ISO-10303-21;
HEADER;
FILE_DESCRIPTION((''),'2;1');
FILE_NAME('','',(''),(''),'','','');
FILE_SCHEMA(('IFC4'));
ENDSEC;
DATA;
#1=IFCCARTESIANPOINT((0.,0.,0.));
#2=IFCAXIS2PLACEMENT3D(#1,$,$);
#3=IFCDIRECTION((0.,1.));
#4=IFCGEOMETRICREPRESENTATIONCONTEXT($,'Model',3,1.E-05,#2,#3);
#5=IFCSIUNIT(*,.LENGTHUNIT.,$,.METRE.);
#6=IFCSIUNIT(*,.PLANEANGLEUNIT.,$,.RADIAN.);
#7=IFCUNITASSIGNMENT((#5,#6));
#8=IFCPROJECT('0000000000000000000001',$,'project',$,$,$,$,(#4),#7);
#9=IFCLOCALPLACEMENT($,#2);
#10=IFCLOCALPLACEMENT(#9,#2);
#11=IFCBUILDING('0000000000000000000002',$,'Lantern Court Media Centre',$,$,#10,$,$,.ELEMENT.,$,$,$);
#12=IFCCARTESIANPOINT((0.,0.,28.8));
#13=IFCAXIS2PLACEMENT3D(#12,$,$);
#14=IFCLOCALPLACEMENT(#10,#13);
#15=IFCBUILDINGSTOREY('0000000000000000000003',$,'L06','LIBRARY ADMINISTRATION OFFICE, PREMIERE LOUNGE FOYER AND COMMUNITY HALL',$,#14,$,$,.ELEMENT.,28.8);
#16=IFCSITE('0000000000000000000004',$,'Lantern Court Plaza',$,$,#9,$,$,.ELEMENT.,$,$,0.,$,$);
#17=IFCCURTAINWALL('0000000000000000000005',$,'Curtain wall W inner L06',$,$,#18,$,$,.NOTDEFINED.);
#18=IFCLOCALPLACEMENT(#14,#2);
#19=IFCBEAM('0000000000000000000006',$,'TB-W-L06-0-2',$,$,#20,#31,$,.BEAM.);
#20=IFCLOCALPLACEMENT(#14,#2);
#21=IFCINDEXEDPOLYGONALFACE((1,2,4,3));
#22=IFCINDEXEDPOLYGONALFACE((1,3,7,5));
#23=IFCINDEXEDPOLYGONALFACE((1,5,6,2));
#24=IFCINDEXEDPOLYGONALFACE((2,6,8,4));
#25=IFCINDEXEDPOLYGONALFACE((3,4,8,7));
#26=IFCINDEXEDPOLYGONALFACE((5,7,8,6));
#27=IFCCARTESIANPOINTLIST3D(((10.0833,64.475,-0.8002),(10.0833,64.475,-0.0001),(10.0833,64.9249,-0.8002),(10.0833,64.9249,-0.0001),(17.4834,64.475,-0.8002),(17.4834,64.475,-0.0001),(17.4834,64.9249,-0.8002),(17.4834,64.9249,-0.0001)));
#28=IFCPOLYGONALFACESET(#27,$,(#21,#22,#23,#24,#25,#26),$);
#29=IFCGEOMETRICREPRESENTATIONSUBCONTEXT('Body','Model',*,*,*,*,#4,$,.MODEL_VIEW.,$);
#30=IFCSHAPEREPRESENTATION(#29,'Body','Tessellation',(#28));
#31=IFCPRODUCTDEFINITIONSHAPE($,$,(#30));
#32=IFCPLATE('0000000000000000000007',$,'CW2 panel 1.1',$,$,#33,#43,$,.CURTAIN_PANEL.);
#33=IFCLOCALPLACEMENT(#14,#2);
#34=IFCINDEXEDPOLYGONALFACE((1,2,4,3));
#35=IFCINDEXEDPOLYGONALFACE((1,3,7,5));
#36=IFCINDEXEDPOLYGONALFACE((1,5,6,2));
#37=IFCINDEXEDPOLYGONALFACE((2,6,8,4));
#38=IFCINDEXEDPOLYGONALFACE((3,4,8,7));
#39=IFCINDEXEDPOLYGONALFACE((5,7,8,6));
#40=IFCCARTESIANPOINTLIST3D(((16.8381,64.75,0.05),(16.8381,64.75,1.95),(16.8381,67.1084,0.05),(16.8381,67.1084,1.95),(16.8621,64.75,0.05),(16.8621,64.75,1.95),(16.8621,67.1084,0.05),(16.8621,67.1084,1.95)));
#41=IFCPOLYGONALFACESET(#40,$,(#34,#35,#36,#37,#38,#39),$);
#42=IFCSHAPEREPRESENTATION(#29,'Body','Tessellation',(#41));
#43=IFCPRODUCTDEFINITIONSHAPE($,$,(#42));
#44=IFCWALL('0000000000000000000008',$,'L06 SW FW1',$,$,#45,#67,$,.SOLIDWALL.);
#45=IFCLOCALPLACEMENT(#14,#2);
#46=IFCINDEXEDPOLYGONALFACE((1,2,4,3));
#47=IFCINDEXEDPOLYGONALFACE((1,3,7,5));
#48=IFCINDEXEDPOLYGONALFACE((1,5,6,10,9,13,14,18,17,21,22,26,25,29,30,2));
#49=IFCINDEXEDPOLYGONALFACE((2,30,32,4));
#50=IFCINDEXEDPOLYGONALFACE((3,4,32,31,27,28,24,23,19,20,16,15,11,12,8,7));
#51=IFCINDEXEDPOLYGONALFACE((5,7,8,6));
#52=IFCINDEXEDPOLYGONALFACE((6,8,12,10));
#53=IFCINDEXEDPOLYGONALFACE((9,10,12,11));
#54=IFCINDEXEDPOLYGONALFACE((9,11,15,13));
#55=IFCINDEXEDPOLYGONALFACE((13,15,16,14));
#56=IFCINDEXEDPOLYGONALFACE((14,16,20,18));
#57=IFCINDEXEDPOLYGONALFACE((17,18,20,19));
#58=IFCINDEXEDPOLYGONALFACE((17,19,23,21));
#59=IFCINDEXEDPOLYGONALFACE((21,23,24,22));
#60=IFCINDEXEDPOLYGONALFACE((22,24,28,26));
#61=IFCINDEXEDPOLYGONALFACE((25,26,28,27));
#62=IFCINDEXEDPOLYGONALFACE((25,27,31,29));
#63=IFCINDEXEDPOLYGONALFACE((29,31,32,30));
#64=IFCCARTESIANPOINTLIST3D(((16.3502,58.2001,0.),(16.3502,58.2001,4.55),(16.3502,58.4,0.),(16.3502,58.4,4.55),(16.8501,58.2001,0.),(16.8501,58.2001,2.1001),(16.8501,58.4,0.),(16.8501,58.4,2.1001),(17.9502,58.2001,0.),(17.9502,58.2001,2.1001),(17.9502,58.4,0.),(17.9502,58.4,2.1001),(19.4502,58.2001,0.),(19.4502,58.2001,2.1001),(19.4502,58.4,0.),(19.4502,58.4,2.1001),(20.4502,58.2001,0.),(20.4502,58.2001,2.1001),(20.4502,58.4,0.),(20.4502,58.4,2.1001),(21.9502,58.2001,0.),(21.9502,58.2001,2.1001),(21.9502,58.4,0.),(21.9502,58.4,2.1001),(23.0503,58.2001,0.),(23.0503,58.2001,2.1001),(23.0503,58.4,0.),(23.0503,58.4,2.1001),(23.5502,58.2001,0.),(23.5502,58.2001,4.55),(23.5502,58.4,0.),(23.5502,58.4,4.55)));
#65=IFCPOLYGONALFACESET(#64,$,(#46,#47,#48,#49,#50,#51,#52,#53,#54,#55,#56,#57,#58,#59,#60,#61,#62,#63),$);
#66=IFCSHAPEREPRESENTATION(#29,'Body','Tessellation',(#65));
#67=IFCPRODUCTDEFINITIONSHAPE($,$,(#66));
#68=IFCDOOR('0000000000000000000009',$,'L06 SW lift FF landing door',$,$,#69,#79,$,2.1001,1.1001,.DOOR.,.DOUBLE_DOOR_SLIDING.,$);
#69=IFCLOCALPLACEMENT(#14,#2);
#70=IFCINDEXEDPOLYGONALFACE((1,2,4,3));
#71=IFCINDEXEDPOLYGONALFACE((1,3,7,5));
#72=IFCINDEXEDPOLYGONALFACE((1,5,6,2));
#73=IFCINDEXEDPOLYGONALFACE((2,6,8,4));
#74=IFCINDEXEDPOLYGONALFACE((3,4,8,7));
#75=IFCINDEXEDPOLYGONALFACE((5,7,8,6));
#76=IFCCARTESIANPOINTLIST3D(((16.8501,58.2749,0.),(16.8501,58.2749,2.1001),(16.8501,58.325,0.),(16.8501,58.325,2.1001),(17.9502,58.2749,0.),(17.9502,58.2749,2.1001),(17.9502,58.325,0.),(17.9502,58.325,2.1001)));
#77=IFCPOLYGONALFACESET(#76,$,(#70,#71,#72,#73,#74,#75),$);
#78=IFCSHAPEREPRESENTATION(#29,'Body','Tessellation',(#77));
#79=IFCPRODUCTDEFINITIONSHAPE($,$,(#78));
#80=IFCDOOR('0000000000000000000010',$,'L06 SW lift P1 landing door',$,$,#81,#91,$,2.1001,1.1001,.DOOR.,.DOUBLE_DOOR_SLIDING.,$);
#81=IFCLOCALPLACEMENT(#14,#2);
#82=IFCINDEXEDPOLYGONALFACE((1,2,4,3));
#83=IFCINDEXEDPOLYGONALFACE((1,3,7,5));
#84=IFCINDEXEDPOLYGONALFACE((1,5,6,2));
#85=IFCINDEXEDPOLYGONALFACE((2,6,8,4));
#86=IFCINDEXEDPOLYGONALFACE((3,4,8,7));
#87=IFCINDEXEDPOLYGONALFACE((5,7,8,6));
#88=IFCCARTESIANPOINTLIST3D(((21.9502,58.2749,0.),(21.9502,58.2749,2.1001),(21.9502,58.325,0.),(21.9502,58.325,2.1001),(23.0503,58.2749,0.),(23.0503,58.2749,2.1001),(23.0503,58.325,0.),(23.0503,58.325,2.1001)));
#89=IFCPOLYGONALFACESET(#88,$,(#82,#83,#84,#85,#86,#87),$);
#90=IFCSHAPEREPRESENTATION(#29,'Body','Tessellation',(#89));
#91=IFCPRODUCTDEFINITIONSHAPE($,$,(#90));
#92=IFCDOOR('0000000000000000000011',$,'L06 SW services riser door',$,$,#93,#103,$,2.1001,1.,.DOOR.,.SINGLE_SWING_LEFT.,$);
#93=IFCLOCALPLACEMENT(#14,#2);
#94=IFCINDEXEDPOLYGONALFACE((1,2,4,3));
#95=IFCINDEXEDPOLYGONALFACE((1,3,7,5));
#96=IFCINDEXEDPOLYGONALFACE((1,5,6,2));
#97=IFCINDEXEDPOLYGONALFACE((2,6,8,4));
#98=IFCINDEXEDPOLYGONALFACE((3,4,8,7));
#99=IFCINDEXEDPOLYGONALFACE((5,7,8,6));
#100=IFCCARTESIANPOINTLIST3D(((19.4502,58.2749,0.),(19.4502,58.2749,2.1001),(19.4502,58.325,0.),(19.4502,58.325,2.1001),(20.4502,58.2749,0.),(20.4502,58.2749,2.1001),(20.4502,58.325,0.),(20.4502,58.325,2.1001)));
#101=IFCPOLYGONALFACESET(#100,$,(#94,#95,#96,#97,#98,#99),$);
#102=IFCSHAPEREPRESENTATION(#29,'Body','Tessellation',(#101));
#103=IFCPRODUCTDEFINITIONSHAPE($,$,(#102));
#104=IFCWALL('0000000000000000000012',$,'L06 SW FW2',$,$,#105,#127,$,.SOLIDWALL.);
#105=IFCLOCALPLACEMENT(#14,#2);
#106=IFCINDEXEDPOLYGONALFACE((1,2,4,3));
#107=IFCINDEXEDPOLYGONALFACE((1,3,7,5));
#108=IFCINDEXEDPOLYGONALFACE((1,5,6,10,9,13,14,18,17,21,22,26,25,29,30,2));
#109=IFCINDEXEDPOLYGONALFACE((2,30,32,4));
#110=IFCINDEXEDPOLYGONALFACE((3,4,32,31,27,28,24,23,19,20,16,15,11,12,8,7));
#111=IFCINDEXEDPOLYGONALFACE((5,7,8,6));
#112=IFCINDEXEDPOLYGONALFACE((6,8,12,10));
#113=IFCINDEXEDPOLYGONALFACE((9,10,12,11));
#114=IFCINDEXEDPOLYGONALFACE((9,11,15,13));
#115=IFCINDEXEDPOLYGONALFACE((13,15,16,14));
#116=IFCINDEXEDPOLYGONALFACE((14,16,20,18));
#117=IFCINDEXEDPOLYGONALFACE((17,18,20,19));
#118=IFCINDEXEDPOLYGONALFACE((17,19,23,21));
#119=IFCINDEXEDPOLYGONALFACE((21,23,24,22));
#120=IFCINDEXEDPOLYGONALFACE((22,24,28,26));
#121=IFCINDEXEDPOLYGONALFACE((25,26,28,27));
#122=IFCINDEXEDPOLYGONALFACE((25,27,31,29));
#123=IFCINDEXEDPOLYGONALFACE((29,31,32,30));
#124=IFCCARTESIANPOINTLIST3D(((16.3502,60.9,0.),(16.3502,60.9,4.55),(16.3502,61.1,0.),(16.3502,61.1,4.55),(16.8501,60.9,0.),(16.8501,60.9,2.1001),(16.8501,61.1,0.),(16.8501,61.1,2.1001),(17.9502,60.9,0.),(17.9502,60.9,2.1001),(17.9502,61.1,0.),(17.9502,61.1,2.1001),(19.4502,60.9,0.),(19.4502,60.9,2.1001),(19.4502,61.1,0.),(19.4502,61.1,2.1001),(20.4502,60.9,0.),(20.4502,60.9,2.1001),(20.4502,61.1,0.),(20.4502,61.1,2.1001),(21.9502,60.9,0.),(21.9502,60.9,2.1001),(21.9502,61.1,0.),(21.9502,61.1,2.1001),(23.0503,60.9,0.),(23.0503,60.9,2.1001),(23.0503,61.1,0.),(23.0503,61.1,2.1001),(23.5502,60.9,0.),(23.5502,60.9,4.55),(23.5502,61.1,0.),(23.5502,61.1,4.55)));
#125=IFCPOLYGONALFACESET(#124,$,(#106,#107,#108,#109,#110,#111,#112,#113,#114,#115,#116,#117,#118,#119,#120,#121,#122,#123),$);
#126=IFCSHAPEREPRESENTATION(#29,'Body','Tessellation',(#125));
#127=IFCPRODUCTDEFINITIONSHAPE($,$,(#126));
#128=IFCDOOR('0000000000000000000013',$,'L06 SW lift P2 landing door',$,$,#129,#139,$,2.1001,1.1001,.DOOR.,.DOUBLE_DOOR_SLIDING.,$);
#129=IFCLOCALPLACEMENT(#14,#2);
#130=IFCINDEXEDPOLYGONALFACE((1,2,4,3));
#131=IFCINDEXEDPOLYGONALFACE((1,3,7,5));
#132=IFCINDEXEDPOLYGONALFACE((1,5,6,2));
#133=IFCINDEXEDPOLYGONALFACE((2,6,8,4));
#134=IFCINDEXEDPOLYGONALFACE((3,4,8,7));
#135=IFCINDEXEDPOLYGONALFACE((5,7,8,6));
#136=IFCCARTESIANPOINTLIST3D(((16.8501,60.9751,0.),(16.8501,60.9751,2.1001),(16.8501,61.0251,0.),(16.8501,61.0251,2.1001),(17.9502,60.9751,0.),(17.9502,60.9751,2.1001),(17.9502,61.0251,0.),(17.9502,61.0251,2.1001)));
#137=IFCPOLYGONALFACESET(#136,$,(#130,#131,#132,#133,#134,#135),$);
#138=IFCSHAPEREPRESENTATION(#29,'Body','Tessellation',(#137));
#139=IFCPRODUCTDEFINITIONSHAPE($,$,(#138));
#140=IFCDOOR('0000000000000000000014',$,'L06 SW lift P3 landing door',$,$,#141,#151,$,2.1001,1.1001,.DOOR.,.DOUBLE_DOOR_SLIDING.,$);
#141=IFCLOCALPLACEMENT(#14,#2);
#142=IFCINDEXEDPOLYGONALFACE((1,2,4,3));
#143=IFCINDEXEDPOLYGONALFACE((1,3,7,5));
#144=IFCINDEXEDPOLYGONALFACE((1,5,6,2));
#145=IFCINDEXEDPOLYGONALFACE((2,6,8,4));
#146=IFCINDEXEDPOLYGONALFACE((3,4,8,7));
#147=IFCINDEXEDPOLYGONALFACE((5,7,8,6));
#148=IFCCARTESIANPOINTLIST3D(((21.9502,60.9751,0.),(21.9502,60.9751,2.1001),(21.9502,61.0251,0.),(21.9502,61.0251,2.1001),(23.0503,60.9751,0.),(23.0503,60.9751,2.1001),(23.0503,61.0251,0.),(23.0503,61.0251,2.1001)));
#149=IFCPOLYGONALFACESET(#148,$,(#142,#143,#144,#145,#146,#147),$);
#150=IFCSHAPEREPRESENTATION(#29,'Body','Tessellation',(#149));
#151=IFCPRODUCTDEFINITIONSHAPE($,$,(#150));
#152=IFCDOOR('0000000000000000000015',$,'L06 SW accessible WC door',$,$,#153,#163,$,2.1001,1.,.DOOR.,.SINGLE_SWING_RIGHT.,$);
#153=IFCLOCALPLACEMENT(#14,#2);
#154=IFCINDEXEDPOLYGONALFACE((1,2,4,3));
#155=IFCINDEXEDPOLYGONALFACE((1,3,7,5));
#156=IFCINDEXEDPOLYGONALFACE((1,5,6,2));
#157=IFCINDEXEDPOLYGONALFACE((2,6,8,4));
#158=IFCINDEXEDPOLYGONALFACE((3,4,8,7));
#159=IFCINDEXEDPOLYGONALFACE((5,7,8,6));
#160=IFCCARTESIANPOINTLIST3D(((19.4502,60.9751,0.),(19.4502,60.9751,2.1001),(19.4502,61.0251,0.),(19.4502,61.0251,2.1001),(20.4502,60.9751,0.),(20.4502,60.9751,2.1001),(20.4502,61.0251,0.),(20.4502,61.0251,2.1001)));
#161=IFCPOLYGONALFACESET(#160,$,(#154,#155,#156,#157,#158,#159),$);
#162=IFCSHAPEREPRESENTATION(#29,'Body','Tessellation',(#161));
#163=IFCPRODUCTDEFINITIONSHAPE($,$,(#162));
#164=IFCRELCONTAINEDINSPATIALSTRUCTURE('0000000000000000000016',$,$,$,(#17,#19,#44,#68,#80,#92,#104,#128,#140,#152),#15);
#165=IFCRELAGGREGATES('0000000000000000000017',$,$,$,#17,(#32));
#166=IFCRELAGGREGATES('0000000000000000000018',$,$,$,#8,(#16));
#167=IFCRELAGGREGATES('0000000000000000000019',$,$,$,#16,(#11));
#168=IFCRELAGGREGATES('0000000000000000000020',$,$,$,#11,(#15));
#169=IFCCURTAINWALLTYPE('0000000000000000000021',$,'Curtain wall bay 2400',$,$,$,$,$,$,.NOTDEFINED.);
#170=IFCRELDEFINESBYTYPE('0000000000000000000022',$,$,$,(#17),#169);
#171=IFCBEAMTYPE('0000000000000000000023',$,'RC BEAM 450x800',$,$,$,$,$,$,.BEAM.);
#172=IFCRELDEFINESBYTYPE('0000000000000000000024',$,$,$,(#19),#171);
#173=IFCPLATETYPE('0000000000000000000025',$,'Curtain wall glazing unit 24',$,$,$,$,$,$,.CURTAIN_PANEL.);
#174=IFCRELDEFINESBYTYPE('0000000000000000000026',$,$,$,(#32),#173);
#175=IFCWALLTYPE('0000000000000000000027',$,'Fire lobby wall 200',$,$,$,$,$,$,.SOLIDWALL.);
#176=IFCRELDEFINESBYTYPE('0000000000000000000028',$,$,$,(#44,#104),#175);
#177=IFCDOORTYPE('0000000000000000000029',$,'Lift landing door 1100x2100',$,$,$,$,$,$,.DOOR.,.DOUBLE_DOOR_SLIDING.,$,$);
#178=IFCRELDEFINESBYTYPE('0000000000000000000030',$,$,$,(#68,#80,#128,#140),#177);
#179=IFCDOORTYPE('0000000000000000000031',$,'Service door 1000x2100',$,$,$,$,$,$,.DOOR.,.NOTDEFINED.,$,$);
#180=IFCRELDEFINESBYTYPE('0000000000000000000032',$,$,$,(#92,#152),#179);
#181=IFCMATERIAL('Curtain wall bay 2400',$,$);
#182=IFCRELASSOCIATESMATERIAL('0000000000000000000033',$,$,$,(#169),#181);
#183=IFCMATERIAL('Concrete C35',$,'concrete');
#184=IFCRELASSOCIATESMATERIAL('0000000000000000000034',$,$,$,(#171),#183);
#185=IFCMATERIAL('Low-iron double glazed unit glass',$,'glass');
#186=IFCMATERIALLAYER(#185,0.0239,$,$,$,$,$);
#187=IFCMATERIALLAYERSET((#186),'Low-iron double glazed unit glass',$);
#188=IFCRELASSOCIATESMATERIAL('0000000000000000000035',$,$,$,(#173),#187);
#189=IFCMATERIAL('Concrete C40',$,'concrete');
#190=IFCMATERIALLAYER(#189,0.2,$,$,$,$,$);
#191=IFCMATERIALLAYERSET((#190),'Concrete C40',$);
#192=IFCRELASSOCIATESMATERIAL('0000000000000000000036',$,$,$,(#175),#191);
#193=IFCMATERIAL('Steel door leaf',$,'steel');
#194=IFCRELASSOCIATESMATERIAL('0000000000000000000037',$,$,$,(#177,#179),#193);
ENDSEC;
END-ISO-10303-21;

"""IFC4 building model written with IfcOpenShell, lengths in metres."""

from ifc_helpers import new_model, si_unit, direction, frame, frame_2d, origin, origin_2d, place, context, subcontext, project, spatial, rectangle, extrude, material, layer, layer_set, material_profile, profile_set, type_object, element, fill, aggregate, save


model = new_model("IFC4")

# Units and contexts
model_context = context("Model", 3, precision=1e-05, world=origin(), true_north=direction((0.0, 1.0)))
body_context = subcontext(model_context, "Body", "Model", "MODEL_VIEW")
ifc_project = project(units=[si_unit("LENGTHUNIT", "METRE"), si_unit("PLANEANGLEUNIT", "RADIAN")], contexts=[model_context])

# Site, building, storey
site_placement = place(None, origin())
site = spatial("IfcSite", under=ifc_project, at=site_placement, Name="Lantern Court Plaza", CompositionType="ELEMENT", RefElevation=0.0)
building_placement = place(site_placement, origin())
building = spatial("IfcBuilding", under=site, at=building_placement, Name="Lantern Court Media Centre", CompositionType="ELEMENT")
storey_placement = place(building_placement, frame((0.0, 0.0, 28.8)))
storey = spatial("IfcBuildingStorey", under=building, at=storey_placement, Name="L06", Description="LIBRARY ADMINISTRATION OFFICE, PREMIERE LOUNGE FOYER AND COMMUNITY HALL", CompositionType="ELEMENT", Elevation=28.8)

# Shared definitions
ifc_material_1 = material(Name="Concrete C35", Category="concrete")

# Curtain wall
ifc_material_2 = material(Name="Curtain wall bay 2400")
curtain_wall_type = type_object("IfcCurtainWallType", Name="Curtain wall bay 2400", PredefinedType="NOTDEFINED", material=ifc_material_2)
curtain_wall_placement = place(storey_placement, origin())
curtain_wall = element("IfcCurtainWall", 1, at=curtain_wall_placement, inside=storey, type_object=curtain_wall_type, Name="Curtain wall W inner L06", PredefinedType="NOTDEFINED")

# Beam
ifc_material_profile_1 = material_profile(ifc_material_1, rectangle(XDim=0.45, YDim=0.8, at=origin_2d()), Name="RC 450x800")
ifc_profile_set_1 = profile_set([ifc_material_profile_1], Name="Concrete C35")
beam_type_1 = type_object("IfcBeamType", Name="RC BEAM 450x800", PredefinedType="BEAM", material=ifc_profile_set_1)
beam_1_placement = place(storey_placement, frame((10.0833, 64.7, -0.4001), z_axis=(1.0, 0.0, 0.0), x_axis=(0.0, 1.0, 0.0)))
element("IfcBeam", 2, at=beam_1_placement, inside=storey, type_object=beam_type_1, Name="TB-W-L06-0-2", PredefinedType="BEAM", context=body_context, shape_type="SweptSolid", body=[
    extrude(rectangle(XDim=0.45, YDim=0.8, at=origin_2d()), origin(), (0.0, 0.0, 1.0), 7.4001),
])

# Plate
ifc_material_3 = material(Name="Low-iron double glazed unit glass", Category="glass")
ifc_layer_1 = layer(ifc_material_3, 0.0239)
ifc_layer_set_1 = layer_set([ifc_layer_1], Name="Low-iron double glazed unit glass")
plate_type = type_object("IfcPlateType", Name="Curtain wall glazing unit 24", PredefinedType="CURTAIN_PANEL", material=ifc_layer_set_1)
plate_placement = place(storey_placement, frame((16.8501, 65.9292, 0.05), z_axis=(0.0, 0.0, 1.0), x_axis=(0.0, 1.0, 0.0)))
plate = element("IfcPlate", 3, at=plate_placement, type_object=plate_type, Name="CW2 panel 1.1", PredefinedType="CURTAIN_PANEL", context=body_context, shape_type="SweptSolid", body=[
    extrude(rectangle(XDim=2.3584, YDim=0.0239, at=origin_2d()), origin(), (0.0, 0.0, 1.0), 1.8999),
])
aggregate(curtain_wall, [plate])

# Walls, openings, doors
ifc_material_4 = material(Name="Concrete C40", Category="concrete")
ifc_layer_2 = layer(ifc_material_4, 0.2)
ifc_layer_set_2 = layer_set([ifc_layer_2], Name="Concrete C40")
wall_type_1 = type_object("IfcWallType", Name="Fire lobby wall 200", PredefinedType="SOLIDWALL", material=ifc_layer_set_2)
wall_1_placement = place(storey_placement, frame((16.3501, 58.3, 0.0), z_axis=(0.0, 0.0, 1.0), x_axis=(1.0, 0.0, 0.0)))
wall_1 = element("IfcWall", 4, at=wall_1_placement, inside=storey, type_object=wall_type_1, Name="L06 SW FW1", PredefinedType="SOLIDWALL", context=body_context, shape_type="SweptSolid", body=[
    extrude(rectangle(XDim=7.2, YDim=0.2, at=frame_2d((3.6001, 0.0))), origin(), (0.0, 0.0, 1.0), 4.55),
])
opening_1_placement = place(wall_1_placement, frame((0.5, 0.0, 0.0)))
opening_1 = element("IfcOpeningElement", 5, at=opening_1_placement, cuts=wall_1, PredefinedType="OPENING", context=body_context, shape_type="SweptSolid", body=[
    extrude(rectangle(XDim=1.1001, YDim=2.1001, at=frame_2d((0.55, 1.05))), frame((0.0, 0.1099, 0.0), z_axis=(0.0, -1.0, 0.0), x_axis=(1.0, 0.0, 0.0)), (0.0, 0.0, 1.0), 0.22),
])
opening_2_placement = place(wall_1_placement, frame((5.6001, 0.0, 0.0)))
opening_2 = element("IfcOpeningElement", 6, at=opening_2_placement, cuts=wall_1, PredefinedType="OPENING", context=body_context, shape_type="SweptSolid", body=[
    extrude(rectangle(XDim=1.1001, YDim=2.1001, at=frame_2d((0.55, 1.05))), frame((0.0, 0.1099, 0.0), z_axis=(0.0, -1.0, 0.0), x_axis=(1.0, 0.0, 0.0)), (0.0, 0.0, 1.0), 0.22),
])
opening_3_placement = place(wall_1_placement, frame((3.1001, 0.0, 0.0)))
opening_3 = element("IfcOpeningElement", 7, at=opening_3_placement, cuts=wall_1, PredefinedType="OPENING", context=body_context, shape_type="SweptSolid", body=[
    extrude(rectangle(XDim=1.0, YDim=2.1001, at=frame_2d((0.5, 1.05))), frame((0.0, 0.1099, 0.0), z_axis=(0.0, -1.0, 0.0), x_axis=(1.0, 0.0, 0.0)), (0.0, 0.0, 1.0), 0.22),
])
ifc_material_5 = material(Name="Steel door leaf", Category="steel")
door_type_1 = type_object("IfcDoorType", Name="Lift landing door 1100x2100", OperationType="DOUBLE_DOOR_SLIDING", PredefinedType="DOOR", material=ifc_material_5)
door_1_placement = place(opening_1_placement, origin())
door_1 = element("IfcDoor", 8, at=door_1_placement, inside=storey, type_object=door_type_1, Name="L06 SW lift FF landing door", OperationType="DOUBLE_DOOR_SLIDING", OverallHeight=2.1001, OverallWidth=1.1001, PredefinedType="DOOR", context=body_context, shape_type="SweptSolid", body=[
    extrude(rectangle(XDim=1.1001, YDim=2.1001, at=frame_2d((0.55, 1.05))), frame((0.0, 0.0249, 0.0), z_axis=(0.0, -1.0, 0.0), x_axis=(1.0, 0.0, 0.0)), (0.0, 0.0, 1.0), 0.05),
])
fill(opening_1, door_1)
door_2_placement = place(opening_2_placement, origin())
door_2 = element("IfcDoor", 9, at=door_2_placement, inside=storey, type_object=door_type_1, Name="L06 SW lift P1 landing door", OperationType="DOUBLE_DOOR_SLIDING", OverallHeight=2.1001, OverallWidth=1.1001, PredefinedType="DOOR", context=body_context, shape_type="SweptSolid", body=[
    extrude(rectangle(XDim=1.1001, YDim=2.1001, at=frame_2d((0.55, 1.05))), frame((0.0, 0.0249, 0.0), z_axis=(0.0, -1.0, 0.0), x_axis=(1.0, 0.0, 0.0)), (0.0, 0.0, 1.0), 0.05),
])
fill(opening_2, door_2)
door_type_2 = type_object("IfcDoorType", Name="Service door 1000x2100", OperationType="NOTDEFINED", PredefinedType="DOOR", material=ifc_material_5)
door_3_placement = place(opening_3_placement, origin())
door_3 = element("IfcDoor", 10, at=door_3_placement, inside=storey, type_object=door_type_2, Name="L06 SW services riser door", OperationType="SINGLE_SWING_LEFT", OverallHeight=2.1001, OverallWidth=1.0, PredefinedType="DOOR", context=body_context, shape_type="SweptSolid", body=[
    extrude(rectangle(XDim=1.0, YDim=2.1001, at=frame_2d((0.5, 1.05))), frame((0.0, 0.0249, 0.0), z_axis=(0.0, -1.0, 0.0), x_axis=(1.0, 0.0, 0.0)), (0.0, 0.0, 1.0), 0.05),
])
fill(opening_3, door_3)
wall_2_placement = place(storey_placement, frame((16.3501, 61.0, 0.0), z_axis=(0.0, 0.0, 1.0), x_axis=(1.0, 0.0, 0.0)))
wall_2 = element("IfcWall", 11, at=wall_2_placement, inside=storey, type_object=wall_type_1, Name="L06 SW FW2", PredefinedType="SOLIDWALL", context=body_context, shape_type="SweptSolid", body=[
    extrude(rectangle(XDim=7.2, YDim=0.2, at=frame_2d((3.6001, 0.0))), origin(), (0.0, 0.0, 1.0), 4.55),
])
opening_4_placement = place(wall_2_placement, frame((0.5, 0.0, 0.0)))
opening_4 = element("IfcOpeningElement", 12, at=opening_4_placement, cuts=wall_2, PredefinedType="OPENING", context=body_context, shape_type="SweptSolid", body=[
    extrude(rectangle(XDim=1.1001, YDim=2.1001, at=frame_2d((0.55, 1.05))), frame((0.0, 0.1099, 0.0), z_axis=(0.0, -1.0, 0.0), x_axis=(1.0, 0.0, 0.0)), (0.0, 0.0, 1.0), 0.22),
])
opening_5_placement = place(wall_2_placement, frame((5.6001, 0.0, 0.0)))
opening_5 = element("IfcOpeningElement", 13, at=opening_5_placement, cuts=wall_2, PredefinedType="OPENING", context=body_context, shape_type="SweptSolid", body=[
    extrude(rectangle(XDim=1.1001, YDim=2.1001, at=frame_2d((0.55, 1.05))), frame((0.0, 0.1099, 0.0), z_axis=(0.0, -1.0, 0.0), x_axis=(1.0, 0.0, 0.0)), (0.0, 0.0, 1.0), 0.22),
])
opening_6_placement = place(wall_2_placement, frame((3.1001, 0.0, 0.0)))
opening_6 = element("IfcOpeningElement", 14, at=opening_6_placement, cuts=wall_2, PredefinedType="OPENING", context=body_context, shape_type="SweptSolid", body=[
    extrude(rectangle(XDim=1.0, YDim=2.1001, at=frame_2d((0.5, 1.05))), frame((0.0, 0.1099, 0.0), z_axis=(0.0, -1.0, 0.0), x_axis=(1.0, 0.0, 0.0)), (0.0, 0.0, 1.0), 0.22),
])
door_4_placement = place(opening_4_placement, frame((1.1001, 0.0, 0.0), z_axis=(0.0, 0.0, 1.0), x_axis=(-1.0, 0.0, 0.0)))
door_4 = element("IfcDoor", 15, at=door_4_placement, inside=storey, type_object=door_type_1, Name="L06 SW lift P2 landing door", OperationType="DOUBLE_DOOR_SLIDING", OverallHeight=2.1001, OverallWidth=1.1001, PredefinedType="DOOR", context=body_context, shape_type="SweptSolid", body=[
    extrude(rectangle(XDim=1.1001, YDim=2.1001, at=frame_2d((0.55, 1.05))), frame((0.0, 0.0249, 0.0), z_axis=(0.0, -1.0, 0.0), x_axis=(1.0, 0.0, 0.0)), (0.0, 0.0, 1.0), 0.05),
])
fill(opening_4, door_4)
door_5_placement = place(opening_5_placement, frame((1.1001, 0.0, 0.0), z_axis=(0.0, 0.0, 1.0), x_axis=(-1.0, 0.0, 0.0)))
door_5 = element("IfcDoor", 16, at=door_5_placement, inside=storey, type_object=door_type_1, Name="L06 SW lift P3 landing door", OperationType="DOUBLE_DOOR_SLIDING", OverallHeight=2.1001, OverallWidth=1.1001, PredefinedType="DOOR", context=body_context, shape_type="SweptSolid", body=[
    extrude(rectangle(XDim=1.1001, YDim=2.1001, at=frame_2d((0.55, 1.05))), frame((0.0, 0.0249, 0.0), z_axis=(0.0, -1.0, 0.0), x_axis=(1.0, 0.0, 0.0)), (0.0, 0.0, 1.0), 0.05),
])
fill(opening_5, door_5)
door_6_placement = place(opening_6_placement, frame((1.0, 0.0, 0.0), z_axis=(0.0, 0.0, 1.0), x_axis=(-1.0, 0.0, 0.0)))
door_6 = element("IfcDoor", 17, at=door_6_placement, inside=storey, type_object=door_type_2, Name="L06 SW accessible WC door", OperationType="SINGLE_SWING_RIGHT", OverallHeight=2.1001, OverallWidth=1.0, PredefinedType="DOOR", context=body_context, shape_type="SweptSolid", body=[
    extrude(rectangle(XDim=1.0, YDim=2.1001, at=frame_2d((0.5, 1.05))), frame((0.0, 0.0249, 0.0), z_axis=(0.0, -1.0, 0.0), x_axis=(1.0, 0.0, 0.0)), (0.0, 0.0, 1.0), 0.05),
])
fill(opening_6, door_6)

save(model, "model.ifc")
